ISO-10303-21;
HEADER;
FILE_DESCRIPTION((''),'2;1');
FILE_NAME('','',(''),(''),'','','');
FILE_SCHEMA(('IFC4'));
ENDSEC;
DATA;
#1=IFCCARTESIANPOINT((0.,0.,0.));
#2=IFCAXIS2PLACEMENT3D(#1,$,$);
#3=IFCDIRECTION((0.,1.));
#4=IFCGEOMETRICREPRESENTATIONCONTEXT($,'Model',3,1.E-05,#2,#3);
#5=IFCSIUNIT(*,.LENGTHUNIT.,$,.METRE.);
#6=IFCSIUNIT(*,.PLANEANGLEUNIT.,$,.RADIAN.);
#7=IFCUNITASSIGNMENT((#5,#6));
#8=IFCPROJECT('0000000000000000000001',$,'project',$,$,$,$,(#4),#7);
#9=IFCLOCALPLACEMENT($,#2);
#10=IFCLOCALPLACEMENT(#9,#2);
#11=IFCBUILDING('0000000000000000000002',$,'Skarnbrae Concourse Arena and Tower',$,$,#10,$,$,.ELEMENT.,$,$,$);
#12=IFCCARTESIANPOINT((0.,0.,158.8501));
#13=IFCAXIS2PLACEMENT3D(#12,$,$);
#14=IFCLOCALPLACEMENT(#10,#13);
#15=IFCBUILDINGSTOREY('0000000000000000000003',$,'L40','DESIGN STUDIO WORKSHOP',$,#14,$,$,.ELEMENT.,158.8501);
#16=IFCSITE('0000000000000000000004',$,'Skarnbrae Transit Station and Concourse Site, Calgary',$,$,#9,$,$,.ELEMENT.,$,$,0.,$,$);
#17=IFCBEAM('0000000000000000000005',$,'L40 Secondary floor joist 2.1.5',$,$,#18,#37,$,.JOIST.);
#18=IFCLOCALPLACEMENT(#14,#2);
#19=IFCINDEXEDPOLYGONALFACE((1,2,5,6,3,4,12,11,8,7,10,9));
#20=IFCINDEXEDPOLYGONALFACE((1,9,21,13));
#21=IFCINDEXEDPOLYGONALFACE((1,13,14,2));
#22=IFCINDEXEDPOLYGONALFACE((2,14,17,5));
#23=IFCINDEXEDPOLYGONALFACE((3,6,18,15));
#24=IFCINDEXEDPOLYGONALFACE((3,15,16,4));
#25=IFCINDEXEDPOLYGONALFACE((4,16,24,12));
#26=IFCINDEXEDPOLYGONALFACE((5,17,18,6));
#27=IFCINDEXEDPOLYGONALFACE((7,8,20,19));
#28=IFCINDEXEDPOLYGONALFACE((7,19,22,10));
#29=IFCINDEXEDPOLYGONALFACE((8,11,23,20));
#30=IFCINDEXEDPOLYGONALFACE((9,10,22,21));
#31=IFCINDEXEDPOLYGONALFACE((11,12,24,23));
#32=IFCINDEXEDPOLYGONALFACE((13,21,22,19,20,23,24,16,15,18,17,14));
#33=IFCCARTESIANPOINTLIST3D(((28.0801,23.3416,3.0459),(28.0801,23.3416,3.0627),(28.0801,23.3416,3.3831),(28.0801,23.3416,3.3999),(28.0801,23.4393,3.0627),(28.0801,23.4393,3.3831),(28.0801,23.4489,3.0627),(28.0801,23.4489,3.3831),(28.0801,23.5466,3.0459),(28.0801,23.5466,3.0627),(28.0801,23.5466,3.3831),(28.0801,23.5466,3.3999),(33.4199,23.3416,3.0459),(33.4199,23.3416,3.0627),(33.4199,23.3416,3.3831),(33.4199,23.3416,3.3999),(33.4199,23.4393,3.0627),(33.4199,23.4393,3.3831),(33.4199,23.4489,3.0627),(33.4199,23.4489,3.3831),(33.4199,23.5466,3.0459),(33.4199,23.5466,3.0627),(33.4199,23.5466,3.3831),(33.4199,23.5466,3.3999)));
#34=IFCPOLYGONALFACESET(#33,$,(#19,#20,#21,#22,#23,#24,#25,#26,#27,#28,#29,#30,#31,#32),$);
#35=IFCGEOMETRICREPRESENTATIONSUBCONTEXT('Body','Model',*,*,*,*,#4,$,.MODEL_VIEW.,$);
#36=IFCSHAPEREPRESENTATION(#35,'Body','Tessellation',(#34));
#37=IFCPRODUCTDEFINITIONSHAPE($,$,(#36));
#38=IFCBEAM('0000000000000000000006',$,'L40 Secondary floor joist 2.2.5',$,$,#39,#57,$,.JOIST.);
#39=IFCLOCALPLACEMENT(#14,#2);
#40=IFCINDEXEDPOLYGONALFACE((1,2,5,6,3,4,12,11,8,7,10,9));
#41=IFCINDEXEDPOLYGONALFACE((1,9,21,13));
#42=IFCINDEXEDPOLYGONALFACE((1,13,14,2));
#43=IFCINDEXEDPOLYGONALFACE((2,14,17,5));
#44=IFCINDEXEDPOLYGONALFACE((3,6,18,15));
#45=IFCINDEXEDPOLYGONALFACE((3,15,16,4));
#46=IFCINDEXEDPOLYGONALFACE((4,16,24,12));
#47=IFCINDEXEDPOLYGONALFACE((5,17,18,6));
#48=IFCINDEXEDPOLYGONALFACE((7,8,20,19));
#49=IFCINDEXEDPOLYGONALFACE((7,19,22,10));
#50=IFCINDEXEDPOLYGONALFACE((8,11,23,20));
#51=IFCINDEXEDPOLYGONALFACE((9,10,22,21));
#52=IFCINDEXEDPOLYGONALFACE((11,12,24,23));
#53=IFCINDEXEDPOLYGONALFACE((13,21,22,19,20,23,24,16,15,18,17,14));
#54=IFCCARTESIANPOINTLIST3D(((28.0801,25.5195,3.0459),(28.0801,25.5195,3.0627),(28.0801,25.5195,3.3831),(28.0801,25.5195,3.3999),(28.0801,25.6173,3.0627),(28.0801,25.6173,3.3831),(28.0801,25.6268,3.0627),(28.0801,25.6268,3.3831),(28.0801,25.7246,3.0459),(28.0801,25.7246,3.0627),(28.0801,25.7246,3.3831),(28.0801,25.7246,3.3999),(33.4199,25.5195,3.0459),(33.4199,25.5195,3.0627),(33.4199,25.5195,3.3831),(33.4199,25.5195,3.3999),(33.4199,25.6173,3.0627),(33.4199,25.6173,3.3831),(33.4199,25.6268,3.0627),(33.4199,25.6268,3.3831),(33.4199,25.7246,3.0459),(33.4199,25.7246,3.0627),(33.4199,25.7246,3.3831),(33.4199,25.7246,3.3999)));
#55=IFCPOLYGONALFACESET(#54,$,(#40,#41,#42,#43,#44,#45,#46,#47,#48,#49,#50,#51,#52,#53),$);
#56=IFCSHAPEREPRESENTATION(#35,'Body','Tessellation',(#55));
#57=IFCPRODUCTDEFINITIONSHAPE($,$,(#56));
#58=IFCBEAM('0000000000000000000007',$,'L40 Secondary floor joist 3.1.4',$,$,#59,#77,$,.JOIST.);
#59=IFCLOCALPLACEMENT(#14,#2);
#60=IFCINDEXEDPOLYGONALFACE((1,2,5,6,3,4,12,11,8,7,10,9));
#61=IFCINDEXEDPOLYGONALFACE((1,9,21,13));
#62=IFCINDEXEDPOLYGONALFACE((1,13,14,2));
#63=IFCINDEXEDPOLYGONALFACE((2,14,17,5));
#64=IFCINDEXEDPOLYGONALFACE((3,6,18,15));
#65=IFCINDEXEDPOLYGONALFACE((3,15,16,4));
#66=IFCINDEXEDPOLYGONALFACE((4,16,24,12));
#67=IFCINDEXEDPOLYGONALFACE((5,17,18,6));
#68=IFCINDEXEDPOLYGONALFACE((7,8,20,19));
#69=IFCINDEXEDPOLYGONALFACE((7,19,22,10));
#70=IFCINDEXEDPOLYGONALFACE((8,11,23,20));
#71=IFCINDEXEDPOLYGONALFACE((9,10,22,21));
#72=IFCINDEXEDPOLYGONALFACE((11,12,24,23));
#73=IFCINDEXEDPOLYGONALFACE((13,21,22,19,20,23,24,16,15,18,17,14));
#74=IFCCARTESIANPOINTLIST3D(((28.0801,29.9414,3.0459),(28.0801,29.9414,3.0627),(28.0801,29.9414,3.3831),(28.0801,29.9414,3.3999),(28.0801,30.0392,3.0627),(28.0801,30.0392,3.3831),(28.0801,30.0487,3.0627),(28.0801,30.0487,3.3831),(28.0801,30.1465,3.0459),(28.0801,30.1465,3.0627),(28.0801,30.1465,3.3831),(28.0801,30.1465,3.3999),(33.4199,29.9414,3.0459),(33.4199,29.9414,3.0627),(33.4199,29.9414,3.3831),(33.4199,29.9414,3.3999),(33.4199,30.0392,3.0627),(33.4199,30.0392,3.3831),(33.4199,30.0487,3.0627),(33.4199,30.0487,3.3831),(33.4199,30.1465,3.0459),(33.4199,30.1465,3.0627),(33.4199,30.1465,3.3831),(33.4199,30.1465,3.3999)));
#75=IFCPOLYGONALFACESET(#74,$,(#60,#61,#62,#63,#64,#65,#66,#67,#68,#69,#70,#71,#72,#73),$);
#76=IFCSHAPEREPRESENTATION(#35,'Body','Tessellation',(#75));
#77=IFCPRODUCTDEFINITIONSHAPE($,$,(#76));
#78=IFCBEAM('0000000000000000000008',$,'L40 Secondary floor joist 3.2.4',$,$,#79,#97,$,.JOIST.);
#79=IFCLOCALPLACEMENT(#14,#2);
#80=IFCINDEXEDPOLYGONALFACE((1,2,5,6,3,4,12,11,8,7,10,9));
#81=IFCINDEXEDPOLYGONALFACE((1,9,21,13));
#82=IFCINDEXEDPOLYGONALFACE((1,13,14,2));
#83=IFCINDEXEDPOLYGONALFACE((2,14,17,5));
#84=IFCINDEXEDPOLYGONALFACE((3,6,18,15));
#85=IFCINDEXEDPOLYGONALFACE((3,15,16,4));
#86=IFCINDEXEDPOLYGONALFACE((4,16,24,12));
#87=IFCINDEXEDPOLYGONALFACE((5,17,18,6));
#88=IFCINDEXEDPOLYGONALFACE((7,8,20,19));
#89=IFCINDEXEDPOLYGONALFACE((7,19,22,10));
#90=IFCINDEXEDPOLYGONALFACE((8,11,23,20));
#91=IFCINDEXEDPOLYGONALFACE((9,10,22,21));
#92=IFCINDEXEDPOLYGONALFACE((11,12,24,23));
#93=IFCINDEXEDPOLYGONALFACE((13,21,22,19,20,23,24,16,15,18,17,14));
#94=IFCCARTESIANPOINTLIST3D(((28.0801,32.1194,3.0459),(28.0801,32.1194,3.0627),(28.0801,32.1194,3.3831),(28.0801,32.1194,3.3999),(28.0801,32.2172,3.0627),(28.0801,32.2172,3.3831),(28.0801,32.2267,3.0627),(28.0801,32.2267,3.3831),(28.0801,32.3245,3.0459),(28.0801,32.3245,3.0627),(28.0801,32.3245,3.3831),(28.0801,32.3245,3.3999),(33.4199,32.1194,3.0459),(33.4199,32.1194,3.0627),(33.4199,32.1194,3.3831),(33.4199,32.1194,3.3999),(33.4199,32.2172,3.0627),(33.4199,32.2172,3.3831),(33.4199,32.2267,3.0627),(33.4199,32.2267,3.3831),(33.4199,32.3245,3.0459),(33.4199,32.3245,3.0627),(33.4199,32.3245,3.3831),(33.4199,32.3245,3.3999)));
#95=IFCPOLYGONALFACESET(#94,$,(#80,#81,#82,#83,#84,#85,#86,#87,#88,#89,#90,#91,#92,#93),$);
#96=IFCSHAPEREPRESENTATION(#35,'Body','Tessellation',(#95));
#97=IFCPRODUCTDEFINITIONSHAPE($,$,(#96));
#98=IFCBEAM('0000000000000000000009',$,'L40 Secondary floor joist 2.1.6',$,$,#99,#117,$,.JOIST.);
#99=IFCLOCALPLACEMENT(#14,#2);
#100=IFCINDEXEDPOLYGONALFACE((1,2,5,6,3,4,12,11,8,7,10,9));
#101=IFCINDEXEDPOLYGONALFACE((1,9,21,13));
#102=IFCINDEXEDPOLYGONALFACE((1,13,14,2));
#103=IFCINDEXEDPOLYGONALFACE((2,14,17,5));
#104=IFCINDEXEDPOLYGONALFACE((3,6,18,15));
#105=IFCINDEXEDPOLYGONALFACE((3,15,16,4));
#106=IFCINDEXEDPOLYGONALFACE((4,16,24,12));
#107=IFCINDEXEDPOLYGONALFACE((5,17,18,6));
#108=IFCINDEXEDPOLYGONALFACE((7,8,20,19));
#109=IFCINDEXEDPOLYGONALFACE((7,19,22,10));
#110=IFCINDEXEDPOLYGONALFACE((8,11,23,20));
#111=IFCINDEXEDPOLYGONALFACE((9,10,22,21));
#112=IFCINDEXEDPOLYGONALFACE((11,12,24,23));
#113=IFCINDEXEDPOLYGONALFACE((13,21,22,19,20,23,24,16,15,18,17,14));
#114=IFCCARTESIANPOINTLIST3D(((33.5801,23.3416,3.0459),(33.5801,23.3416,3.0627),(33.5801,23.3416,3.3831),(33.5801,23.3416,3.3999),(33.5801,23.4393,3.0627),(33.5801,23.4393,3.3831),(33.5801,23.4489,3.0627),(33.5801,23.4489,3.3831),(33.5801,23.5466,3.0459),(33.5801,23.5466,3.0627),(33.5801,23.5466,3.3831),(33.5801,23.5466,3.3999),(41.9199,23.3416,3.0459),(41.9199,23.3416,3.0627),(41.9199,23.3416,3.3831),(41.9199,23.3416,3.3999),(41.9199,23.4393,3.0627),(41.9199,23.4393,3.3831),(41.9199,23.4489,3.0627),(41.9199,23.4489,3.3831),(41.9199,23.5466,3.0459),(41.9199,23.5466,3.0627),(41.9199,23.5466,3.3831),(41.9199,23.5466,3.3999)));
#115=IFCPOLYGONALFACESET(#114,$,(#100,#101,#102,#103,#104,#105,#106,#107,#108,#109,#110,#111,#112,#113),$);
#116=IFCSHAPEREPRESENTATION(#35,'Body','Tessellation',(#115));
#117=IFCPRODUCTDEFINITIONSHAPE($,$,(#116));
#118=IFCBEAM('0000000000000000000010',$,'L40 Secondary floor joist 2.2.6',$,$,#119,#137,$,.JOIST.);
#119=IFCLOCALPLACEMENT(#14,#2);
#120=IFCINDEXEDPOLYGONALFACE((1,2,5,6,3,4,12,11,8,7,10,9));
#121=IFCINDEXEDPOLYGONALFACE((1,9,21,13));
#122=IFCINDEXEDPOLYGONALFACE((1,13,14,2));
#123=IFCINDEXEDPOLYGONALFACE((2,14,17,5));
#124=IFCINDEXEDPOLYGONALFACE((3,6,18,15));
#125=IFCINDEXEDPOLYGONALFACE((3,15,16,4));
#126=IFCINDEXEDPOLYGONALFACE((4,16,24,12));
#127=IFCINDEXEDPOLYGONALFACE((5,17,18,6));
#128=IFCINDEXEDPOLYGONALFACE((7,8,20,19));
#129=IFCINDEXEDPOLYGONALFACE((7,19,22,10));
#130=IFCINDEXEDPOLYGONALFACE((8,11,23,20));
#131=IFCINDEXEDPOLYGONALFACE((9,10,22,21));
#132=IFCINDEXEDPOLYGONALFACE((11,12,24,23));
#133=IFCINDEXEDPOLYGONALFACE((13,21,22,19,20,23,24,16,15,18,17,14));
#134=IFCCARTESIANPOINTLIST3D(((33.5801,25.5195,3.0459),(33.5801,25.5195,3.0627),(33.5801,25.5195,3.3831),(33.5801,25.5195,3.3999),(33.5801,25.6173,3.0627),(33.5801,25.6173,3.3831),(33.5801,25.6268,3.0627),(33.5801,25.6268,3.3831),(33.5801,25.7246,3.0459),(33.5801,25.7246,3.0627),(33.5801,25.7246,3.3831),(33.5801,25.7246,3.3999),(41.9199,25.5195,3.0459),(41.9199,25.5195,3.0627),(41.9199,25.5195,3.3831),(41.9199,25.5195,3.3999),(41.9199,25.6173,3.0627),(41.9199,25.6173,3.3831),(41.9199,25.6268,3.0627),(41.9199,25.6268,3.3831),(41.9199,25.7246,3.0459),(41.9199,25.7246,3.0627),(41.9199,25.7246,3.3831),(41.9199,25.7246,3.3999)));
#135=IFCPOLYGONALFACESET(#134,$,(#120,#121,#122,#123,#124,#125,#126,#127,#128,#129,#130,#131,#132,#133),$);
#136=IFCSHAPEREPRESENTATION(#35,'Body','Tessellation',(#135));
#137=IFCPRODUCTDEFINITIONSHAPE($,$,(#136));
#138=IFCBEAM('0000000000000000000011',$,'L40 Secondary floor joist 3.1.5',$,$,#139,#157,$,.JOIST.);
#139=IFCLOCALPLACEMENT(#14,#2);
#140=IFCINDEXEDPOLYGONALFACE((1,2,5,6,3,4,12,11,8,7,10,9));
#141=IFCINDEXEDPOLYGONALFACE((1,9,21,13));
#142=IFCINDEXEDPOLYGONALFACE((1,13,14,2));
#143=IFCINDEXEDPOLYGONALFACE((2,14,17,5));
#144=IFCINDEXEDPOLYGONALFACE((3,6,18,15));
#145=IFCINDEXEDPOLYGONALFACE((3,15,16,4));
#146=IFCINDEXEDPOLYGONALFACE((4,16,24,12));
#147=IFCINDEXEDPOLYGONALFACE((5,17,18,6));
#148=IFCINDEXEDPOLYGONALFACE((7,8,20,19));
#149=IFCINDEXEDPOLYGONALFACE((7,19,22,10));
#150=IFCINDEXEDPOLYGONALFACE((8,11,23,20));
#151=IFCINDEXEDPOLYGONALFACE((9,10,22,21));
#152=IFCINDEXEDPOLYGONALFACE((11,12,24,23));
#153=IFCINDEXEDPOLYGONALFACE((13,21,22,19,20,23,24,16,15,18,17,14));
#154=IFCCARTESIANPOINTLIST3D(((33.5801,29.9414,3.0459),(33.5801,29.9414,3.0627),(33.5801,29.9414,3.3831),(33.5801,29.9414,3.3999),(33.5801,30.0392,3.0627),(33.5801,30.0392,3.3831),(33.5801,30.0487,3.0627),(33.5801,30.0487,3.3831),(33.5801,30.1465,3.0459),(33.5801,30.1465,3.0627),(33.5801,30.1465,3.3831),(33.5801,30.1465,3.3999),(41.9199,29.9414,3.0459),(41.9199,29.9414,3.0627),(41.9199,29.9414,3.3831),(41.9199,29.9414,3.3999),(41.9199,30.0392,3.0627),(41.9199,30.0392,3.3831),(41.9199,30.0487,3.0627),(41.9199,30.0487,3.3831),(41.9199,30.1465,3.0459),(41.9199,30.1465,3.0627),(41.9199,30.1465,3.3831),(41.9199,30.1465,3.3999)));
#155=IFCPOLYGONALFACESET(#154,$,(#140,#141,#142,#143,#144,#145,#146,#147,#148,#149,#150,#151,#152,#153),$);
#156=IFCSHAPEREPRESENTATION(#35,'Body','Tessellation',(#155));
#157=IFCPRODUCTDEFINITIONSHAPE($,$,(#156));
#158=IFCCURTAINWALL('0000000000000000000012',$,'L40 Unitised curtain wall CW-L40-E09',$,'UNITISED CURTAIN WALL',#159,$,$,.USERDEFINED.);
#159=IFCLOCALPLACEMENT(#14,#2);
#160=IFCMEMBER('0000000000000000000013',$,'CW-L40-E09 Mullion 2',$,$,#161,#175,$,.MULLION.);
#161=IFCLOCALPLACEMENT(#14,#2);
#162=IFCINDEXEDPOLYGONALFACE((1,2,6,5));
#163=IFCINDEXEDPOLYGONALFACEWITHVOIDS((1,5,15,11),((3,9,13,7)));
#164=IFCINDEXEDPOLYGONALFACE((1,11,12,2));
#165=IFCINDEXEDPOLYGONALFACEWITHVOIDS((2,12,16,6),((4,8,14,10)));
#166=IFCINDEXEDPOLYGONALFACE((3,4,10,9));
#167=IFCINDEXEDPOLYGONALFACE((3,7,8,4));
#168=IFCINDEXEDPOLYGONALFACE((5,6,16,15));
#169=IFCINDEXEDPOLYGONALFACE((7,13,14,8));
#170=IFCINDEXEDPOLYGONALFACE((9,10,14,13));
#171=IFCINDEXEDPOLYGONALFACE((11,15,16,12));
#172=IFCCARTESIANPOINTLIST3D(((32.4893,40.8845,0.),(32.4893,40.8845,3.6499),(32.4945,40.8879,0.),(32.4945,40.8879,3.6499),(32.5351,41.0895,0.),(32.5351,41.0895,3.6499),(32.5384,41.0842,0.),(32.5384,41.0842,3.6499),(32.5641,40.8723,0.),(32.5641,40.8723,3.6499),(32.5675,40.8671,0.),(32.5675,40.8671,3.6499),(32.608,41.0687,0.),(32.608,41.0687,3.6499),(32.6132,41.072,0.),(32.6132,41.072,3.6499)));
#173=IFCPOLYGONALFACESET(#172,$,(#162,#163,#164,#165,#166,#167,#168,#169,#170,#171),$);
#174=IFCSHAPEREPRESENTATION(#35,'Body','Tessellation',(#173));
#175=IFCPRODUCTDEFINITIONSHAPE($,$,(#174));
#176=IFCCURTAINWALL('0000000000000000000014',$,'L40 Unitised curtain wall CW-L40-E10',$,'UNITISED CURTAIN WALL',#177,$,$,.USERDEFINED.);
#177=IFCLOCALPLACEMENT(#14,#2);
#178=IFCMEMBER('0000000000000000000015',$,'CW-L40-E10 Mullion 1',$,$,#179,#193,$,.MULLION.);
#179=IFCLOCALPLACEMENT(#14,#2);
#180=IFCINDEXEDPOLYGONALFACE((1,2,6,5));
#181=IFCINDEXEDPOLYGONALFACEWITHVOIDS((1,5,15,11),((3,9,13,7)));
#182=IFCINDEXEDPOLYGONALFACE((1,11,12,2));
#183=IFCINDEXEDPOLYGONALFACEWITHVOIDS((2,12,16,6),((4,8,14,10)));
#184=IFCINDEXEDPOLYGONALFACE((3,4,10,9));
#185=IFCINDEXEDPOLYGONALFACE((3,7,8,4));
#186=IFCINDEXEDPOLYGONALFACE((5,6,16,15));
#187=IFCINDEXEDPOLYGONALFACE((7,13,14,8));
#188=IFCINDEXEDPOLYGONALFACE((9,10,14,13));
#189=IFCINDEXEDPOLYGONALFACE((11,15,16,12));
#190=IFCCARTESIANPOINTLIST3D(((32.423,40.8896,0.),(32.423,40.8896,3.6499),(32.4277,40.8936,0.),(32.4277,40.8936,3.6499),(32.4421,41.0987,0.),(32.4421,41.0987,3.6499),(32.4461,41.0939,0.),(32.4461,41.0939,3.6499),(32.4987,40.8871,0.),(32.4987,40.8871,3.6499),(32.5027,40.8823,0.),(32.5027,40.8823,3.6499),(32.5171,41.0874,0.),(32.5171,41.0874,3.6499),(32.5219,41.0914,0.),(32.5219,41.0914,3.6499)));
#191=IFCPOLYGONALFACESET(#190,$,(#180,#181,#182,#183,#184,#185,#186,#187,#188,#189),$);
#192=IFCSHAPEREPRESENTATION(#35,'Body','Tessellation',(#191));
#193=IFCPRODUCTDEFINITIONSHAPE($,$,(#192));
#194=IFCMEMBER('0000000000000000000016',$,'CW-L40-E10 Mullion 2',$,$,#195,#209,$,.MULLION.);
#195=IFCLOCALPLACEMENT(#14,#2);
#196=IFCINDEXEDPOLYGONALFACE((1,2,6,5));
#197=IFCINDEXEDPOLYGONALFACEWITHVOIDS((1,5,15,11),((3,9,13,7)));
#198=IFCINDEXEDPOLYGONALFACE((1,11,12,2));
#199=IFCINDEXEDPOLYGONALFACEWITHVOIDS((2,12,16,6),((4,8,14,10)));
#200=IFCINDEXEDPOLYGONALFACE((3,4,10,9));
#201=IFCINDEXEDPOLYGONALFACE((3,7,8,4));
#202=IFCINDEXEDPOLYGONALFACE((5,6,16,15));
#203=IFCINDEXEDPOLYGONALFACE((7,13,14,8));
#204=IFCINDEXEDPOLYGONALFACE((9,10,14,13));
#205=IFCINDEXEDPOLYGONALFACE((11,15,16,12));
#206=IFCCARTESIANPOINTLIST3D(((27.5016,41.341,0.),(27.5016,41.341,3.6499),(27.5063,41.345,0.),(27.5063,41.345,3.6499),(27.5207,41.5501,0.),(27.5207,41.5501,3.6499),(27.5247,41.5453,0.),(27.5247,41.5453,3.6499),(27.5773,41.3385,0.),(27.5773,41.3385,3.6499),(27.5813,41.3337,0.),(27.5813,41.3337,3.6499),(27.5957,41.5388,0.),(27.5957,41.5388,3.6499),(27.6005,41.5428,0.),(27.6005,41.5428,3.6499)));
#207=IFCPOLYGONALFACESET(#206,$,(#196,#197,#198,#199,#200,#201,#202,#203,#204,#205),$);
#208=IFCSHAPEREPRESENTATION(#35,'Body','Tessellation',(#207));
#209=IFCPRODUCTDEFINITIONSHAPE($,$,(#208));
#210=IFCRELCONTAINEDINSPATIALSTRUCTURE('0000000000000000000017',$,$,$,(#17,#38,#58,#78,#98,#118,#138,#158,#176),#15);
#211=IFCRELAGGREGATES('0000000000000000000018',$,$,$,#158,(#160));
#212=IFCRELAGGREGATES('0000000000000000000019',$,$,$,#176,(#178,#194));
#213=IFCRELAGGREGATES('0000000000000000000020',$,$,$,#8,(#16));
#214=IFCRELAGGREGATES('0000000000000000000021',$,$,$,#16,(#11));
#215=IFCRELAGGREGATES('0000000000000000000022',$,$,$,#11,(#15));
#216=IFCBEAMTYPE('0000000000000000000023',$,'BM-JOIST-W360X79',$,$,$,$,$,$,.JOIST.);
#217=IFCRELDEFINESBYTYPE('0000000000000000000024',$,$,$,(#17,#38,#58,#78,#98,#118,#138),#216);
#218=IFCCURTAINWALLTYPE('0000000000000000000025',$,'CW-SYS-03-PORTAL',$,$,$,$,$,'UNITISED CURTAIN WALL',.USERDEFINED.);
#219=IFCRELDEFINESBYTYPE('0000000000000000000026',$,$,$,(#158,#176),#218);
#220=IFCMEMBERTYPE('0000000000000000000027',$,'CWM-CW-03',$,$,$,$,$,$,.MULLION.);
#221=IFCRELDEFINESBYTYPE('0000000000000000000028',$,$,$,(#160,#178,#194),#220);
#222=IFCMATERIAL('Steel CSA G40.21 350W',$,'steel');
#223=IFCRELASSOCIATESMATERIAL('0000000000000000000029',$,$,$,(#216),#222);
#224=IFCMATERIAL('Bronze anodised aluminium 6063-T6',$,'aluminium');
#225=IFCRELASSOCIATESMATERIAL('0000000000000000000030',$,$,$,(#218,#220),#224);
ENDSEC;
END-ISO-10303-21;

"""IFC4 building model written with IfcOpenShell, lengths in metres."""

from ifc_helpers import new_model, si_unit, direction, frame, origin, origin_2d, place, context, subcontext, project, spatial, hollow_rectangle, i_section, extrude, source, transform, mapped, material, material_profile, profile_set, type_object, element, aggregate, save


model = new_model("IFC4")

# Units and contexts
model_context = context("Model", 3, precision=1e-05, world=origin(), true_north=direction((0.0, 1.0)))
body_context = subcontext(model_context, "Body", "Model", "MODEL_VIEW")
ifc_project = project(units=[si_unit("LENGTHUNIT", "METRE"), si_unit("PLANEANGLEUNIT", "RADIAN")], contexts=[model_context])

# Site, building, storey
site_placement = place(None, origin())
site = spatial("IfcSite", under=ifc_project, at=site_placement, Name="Skarnbrae Transit Station and Concourse Site, Calgary", CompositionType="ELEMENT", RefElevation=0.0)
building_placement = place(site_placement, origin())
building = spatial("IfcBuilding", under=site, at=building_placement, Name="Skarnbrae Concourse Arena and Tower", CompositionType="ELEMENT")
storey_placement = place(building_placement, frame((0.0, 0.0, 158.8501)))
storey = spatial("IfcBuildingStorey", under=building, at=storey_placement, Name="L40", Description="DESIGN STUDIO WORKSHOP", CompositionType="ELEMENT", Elevation=158.8501)

# Shared definitions
ifc_material_1 = material(Name="Steel CSA G40.21 350W", Category="steel")

# Beams
ifc_material_profile_1 = material_profile(ifc_material_1, i_section(OverallWidth=0.2051, OverallDepth=0.354, WebThickness=0.0095, FlangeThickness=0.0168, at=origin_2d()), Name="W360X79")
ifc_profile_set_1 = profile_set([ifc_material_profile_1], Name="Steel CSA G40.21 350W")
beam_type_1 = type_object("IfcBeamType", Name="BM-JOIST-W360X79", PredefinedType="JOIST", material=ifc_profile_set_1)
shared_shape_1 = source(origin(), body_context, "Body", "SweptSolid", [
    extrude(i_section(OverallWidth=0.2051, OverallDepth=0.354, WebThickness=0.0095, FlangeThickness=0.0168, at=origin_2d()), origin(), (0.0, 0.0, 1.0), 5.3398),
])
for number, where, z_axis, x_axis, name in (
    (1, (28.0801, 23.4441, 3.2229), (1.0, 0.0, 0.0), (0.0, 1.0, 0.0), "L40 Secondary floor joist 2.1.5"),
    (2, (28.0801, 25.6221, 3.2229), (1.0, 0.0, 0.0), (0.0, 1.0, 0.0), "L40 Secondary floor joist 2.2.5"),
    (3, (28.0801, 30.0439, 3.2229), (1.0, 0.0, 0.0), (0.0, 1.0, 0.0), "L40 Secondary floor joist 3.1.4"),
    (4, (28.0801, 32.2219, 3.2229), (1.0, 0.0, 0.0), (0.0, 1.0, 0.0), "L40 Secondary floor joist 3.2.4"),
):
    element("IfcBeam", number, at=place(storey_placement, frame(where, z_axis=z_axis, x_axis=x_axis)), inside=storey, type_object=beam_type_1, Name=name, PredefinedType="JOIST", context=body_context, shape_type="MappedRepresentation", body=[
        mapped(shared_shape_1, transform((0.0, 0.0, 0.0))),
    ])
shared_shape_2 = source(origin(), body_context, "Body", "SweptSolid", [
    extrude(i_section(OverallWidth=0.2051, OverallDepth=0.354, WebThickness=0.0095, FlangeThickness=0.0168, at=origin_2d()), origin(), (0.0, 0.0, 1.0), 8.3398),
])
for number, where, z_axis, x_axis, name in (
    (5, (33.5801, 23.4441, 3.2229), (1.0, 0.0, 0.0), (0.0, 1.0, 0.0), "L40 Secondary floor joist 2.1.6"),
    (6, (33.5801, 25.6221, 3.2229), (1.0, 0.0, 0.0), (0.0, 1.0, 0.0), "L40 Secondary floor joist 2.2.6"),
    (7, (33.5801, 30.0439, 3.2229), (1.0, 0.0, 0.0), (0.0, 1.0, 0.0), "L40 Secondary floor joist 3.1.5"),
):
    element("IfcBeam", number, at=place(storey_placement, frame(where, z_axis=z_axis, x_axis=x_axis)), inside=storey, type_object=beam_type_1, Name=name, PredefinedType="JOIST", context=body_context, shape_type="MappedRepresentation", body=[
        mapped(shared_shape_2, transform((0.0, 0.0, 0.0))),
    ])

# Curtain wall, member
ifc_material_2 = material(Name="Bronze anodised aluminium 6063-T6", Category="aluminium")
curtain_wall_type = type_object("IfcCurtainWallType", Name="CW-SYS-03-PORTAL", ElementType="UNITISED CURTAIN WALL", PredefinedType="USERDEFINED", material=ifc_material_2)
curtain_wall_1_placement = place(storey_placement, origin())
curtain_wall_1 = element("IfcCurtainWall", 8, at=curtain_wall_1_placement, inside=storey, type_object=curtain_wall_type, Name="L40 Unitised curtain wall CW-L40-E09", ObjectType="UNITISED CURTAIN WALL", PredefinedType="USERDEFINED")
ifc_material_profile_2 = material_profile(ifc_material_2, hollow_rectangle(XDim=0.0801, YDim=0.21, WallThickness=0.0044, at=origin_2d()), Name="ALU-MULL-80X210")
ifc_profile_set_2 = profile_set([ifc_material_profile_2], Name="Bronze anodised aluminium 6063-T6")
member_type_1 = type_object("IfcMemberType", Name="CWM-CW-03", PredefinedType="MULLION", material=ifc_profile_set_2)
shared_shape_3 = source(origin(), body_context, "Body", "SweptSolid", [
    extrude(hollow_rectangle(XDim=0.0801, YDim=0.21, WallThickness=0.0044, at=origin_2d()), origin(), (0.0, 0.0, 1.0), 3.6499),
])
member_1_placement = place(storey_placement, frame((32.5513, 40.9783, 0.0), z_axis=(0.0, 0.0, 1.0), x_axis=(-0.975936, 0.218056, 0.0)))
member_1 = element("IfcMember", 9, at=member_1_placement, type_object=member_type_1, Name="CW-L40-E09 Mullion 2", PredefinedType="MULLION", context=body_context, shape_type="MappedRepresentation", body=[
    mapped(shared_shape_3, transform((0.0, 0.0, 0.0))),
])
aggregate(curtain_wall_1, [member_1])

# Curtain wall, members
curtain_wall_2_placement = place(storey_placement, origin())
curtain_wall_2 = element("IfcCurtainWall", 10, at=curtain_wall_2_placement, inside=storey, type_object=curtain_wall_type, Name="L40 Unitised curtain wall CW-L40-E10", ObjectType="UNITISED CURTAIN WALL", PredefinedType="USERDEFINED")
member_2_placement = place(storey_placement, frame((32.4724, 40.9905, 0.0), z_axis=(0.0, 0.0, 1.0), x_axis=(-0.99582, 0.091338, 0.0)))
member_2 = element("IfcMember", 11, at=member_2_placement, type_object=member_type_1, Name="CW-L40-E10 Mullion 1", PredefinedType="MULLION", context=body_context, shape_type="MappedRepresentation", body=[
    mapped(shared_shape_3, transform((0.0, 0.0, 0.0))),
])
member_3_placement = place(storey_placement, frame((27.551, 41.4419, 0.0), z_axis=(0.0, 0.0, 1.0), x_axis=(-0.99582, 0.091338, 0.0)))
member_3 = element("IfcMember", 12, at=member_3_placement, type_object=member_type_1, Name="CW-L40-E10 Mullion 2", PredefinedType="MULLION", context=body_context, shape_type="MappedRepresentation", body=[
    mapped(shared_shape_3, transform((0.0, 0.0, 0.0))),
])

aggregate(curtain_wall_2, [member_2, member_3])

save(model, "model.ifc")
